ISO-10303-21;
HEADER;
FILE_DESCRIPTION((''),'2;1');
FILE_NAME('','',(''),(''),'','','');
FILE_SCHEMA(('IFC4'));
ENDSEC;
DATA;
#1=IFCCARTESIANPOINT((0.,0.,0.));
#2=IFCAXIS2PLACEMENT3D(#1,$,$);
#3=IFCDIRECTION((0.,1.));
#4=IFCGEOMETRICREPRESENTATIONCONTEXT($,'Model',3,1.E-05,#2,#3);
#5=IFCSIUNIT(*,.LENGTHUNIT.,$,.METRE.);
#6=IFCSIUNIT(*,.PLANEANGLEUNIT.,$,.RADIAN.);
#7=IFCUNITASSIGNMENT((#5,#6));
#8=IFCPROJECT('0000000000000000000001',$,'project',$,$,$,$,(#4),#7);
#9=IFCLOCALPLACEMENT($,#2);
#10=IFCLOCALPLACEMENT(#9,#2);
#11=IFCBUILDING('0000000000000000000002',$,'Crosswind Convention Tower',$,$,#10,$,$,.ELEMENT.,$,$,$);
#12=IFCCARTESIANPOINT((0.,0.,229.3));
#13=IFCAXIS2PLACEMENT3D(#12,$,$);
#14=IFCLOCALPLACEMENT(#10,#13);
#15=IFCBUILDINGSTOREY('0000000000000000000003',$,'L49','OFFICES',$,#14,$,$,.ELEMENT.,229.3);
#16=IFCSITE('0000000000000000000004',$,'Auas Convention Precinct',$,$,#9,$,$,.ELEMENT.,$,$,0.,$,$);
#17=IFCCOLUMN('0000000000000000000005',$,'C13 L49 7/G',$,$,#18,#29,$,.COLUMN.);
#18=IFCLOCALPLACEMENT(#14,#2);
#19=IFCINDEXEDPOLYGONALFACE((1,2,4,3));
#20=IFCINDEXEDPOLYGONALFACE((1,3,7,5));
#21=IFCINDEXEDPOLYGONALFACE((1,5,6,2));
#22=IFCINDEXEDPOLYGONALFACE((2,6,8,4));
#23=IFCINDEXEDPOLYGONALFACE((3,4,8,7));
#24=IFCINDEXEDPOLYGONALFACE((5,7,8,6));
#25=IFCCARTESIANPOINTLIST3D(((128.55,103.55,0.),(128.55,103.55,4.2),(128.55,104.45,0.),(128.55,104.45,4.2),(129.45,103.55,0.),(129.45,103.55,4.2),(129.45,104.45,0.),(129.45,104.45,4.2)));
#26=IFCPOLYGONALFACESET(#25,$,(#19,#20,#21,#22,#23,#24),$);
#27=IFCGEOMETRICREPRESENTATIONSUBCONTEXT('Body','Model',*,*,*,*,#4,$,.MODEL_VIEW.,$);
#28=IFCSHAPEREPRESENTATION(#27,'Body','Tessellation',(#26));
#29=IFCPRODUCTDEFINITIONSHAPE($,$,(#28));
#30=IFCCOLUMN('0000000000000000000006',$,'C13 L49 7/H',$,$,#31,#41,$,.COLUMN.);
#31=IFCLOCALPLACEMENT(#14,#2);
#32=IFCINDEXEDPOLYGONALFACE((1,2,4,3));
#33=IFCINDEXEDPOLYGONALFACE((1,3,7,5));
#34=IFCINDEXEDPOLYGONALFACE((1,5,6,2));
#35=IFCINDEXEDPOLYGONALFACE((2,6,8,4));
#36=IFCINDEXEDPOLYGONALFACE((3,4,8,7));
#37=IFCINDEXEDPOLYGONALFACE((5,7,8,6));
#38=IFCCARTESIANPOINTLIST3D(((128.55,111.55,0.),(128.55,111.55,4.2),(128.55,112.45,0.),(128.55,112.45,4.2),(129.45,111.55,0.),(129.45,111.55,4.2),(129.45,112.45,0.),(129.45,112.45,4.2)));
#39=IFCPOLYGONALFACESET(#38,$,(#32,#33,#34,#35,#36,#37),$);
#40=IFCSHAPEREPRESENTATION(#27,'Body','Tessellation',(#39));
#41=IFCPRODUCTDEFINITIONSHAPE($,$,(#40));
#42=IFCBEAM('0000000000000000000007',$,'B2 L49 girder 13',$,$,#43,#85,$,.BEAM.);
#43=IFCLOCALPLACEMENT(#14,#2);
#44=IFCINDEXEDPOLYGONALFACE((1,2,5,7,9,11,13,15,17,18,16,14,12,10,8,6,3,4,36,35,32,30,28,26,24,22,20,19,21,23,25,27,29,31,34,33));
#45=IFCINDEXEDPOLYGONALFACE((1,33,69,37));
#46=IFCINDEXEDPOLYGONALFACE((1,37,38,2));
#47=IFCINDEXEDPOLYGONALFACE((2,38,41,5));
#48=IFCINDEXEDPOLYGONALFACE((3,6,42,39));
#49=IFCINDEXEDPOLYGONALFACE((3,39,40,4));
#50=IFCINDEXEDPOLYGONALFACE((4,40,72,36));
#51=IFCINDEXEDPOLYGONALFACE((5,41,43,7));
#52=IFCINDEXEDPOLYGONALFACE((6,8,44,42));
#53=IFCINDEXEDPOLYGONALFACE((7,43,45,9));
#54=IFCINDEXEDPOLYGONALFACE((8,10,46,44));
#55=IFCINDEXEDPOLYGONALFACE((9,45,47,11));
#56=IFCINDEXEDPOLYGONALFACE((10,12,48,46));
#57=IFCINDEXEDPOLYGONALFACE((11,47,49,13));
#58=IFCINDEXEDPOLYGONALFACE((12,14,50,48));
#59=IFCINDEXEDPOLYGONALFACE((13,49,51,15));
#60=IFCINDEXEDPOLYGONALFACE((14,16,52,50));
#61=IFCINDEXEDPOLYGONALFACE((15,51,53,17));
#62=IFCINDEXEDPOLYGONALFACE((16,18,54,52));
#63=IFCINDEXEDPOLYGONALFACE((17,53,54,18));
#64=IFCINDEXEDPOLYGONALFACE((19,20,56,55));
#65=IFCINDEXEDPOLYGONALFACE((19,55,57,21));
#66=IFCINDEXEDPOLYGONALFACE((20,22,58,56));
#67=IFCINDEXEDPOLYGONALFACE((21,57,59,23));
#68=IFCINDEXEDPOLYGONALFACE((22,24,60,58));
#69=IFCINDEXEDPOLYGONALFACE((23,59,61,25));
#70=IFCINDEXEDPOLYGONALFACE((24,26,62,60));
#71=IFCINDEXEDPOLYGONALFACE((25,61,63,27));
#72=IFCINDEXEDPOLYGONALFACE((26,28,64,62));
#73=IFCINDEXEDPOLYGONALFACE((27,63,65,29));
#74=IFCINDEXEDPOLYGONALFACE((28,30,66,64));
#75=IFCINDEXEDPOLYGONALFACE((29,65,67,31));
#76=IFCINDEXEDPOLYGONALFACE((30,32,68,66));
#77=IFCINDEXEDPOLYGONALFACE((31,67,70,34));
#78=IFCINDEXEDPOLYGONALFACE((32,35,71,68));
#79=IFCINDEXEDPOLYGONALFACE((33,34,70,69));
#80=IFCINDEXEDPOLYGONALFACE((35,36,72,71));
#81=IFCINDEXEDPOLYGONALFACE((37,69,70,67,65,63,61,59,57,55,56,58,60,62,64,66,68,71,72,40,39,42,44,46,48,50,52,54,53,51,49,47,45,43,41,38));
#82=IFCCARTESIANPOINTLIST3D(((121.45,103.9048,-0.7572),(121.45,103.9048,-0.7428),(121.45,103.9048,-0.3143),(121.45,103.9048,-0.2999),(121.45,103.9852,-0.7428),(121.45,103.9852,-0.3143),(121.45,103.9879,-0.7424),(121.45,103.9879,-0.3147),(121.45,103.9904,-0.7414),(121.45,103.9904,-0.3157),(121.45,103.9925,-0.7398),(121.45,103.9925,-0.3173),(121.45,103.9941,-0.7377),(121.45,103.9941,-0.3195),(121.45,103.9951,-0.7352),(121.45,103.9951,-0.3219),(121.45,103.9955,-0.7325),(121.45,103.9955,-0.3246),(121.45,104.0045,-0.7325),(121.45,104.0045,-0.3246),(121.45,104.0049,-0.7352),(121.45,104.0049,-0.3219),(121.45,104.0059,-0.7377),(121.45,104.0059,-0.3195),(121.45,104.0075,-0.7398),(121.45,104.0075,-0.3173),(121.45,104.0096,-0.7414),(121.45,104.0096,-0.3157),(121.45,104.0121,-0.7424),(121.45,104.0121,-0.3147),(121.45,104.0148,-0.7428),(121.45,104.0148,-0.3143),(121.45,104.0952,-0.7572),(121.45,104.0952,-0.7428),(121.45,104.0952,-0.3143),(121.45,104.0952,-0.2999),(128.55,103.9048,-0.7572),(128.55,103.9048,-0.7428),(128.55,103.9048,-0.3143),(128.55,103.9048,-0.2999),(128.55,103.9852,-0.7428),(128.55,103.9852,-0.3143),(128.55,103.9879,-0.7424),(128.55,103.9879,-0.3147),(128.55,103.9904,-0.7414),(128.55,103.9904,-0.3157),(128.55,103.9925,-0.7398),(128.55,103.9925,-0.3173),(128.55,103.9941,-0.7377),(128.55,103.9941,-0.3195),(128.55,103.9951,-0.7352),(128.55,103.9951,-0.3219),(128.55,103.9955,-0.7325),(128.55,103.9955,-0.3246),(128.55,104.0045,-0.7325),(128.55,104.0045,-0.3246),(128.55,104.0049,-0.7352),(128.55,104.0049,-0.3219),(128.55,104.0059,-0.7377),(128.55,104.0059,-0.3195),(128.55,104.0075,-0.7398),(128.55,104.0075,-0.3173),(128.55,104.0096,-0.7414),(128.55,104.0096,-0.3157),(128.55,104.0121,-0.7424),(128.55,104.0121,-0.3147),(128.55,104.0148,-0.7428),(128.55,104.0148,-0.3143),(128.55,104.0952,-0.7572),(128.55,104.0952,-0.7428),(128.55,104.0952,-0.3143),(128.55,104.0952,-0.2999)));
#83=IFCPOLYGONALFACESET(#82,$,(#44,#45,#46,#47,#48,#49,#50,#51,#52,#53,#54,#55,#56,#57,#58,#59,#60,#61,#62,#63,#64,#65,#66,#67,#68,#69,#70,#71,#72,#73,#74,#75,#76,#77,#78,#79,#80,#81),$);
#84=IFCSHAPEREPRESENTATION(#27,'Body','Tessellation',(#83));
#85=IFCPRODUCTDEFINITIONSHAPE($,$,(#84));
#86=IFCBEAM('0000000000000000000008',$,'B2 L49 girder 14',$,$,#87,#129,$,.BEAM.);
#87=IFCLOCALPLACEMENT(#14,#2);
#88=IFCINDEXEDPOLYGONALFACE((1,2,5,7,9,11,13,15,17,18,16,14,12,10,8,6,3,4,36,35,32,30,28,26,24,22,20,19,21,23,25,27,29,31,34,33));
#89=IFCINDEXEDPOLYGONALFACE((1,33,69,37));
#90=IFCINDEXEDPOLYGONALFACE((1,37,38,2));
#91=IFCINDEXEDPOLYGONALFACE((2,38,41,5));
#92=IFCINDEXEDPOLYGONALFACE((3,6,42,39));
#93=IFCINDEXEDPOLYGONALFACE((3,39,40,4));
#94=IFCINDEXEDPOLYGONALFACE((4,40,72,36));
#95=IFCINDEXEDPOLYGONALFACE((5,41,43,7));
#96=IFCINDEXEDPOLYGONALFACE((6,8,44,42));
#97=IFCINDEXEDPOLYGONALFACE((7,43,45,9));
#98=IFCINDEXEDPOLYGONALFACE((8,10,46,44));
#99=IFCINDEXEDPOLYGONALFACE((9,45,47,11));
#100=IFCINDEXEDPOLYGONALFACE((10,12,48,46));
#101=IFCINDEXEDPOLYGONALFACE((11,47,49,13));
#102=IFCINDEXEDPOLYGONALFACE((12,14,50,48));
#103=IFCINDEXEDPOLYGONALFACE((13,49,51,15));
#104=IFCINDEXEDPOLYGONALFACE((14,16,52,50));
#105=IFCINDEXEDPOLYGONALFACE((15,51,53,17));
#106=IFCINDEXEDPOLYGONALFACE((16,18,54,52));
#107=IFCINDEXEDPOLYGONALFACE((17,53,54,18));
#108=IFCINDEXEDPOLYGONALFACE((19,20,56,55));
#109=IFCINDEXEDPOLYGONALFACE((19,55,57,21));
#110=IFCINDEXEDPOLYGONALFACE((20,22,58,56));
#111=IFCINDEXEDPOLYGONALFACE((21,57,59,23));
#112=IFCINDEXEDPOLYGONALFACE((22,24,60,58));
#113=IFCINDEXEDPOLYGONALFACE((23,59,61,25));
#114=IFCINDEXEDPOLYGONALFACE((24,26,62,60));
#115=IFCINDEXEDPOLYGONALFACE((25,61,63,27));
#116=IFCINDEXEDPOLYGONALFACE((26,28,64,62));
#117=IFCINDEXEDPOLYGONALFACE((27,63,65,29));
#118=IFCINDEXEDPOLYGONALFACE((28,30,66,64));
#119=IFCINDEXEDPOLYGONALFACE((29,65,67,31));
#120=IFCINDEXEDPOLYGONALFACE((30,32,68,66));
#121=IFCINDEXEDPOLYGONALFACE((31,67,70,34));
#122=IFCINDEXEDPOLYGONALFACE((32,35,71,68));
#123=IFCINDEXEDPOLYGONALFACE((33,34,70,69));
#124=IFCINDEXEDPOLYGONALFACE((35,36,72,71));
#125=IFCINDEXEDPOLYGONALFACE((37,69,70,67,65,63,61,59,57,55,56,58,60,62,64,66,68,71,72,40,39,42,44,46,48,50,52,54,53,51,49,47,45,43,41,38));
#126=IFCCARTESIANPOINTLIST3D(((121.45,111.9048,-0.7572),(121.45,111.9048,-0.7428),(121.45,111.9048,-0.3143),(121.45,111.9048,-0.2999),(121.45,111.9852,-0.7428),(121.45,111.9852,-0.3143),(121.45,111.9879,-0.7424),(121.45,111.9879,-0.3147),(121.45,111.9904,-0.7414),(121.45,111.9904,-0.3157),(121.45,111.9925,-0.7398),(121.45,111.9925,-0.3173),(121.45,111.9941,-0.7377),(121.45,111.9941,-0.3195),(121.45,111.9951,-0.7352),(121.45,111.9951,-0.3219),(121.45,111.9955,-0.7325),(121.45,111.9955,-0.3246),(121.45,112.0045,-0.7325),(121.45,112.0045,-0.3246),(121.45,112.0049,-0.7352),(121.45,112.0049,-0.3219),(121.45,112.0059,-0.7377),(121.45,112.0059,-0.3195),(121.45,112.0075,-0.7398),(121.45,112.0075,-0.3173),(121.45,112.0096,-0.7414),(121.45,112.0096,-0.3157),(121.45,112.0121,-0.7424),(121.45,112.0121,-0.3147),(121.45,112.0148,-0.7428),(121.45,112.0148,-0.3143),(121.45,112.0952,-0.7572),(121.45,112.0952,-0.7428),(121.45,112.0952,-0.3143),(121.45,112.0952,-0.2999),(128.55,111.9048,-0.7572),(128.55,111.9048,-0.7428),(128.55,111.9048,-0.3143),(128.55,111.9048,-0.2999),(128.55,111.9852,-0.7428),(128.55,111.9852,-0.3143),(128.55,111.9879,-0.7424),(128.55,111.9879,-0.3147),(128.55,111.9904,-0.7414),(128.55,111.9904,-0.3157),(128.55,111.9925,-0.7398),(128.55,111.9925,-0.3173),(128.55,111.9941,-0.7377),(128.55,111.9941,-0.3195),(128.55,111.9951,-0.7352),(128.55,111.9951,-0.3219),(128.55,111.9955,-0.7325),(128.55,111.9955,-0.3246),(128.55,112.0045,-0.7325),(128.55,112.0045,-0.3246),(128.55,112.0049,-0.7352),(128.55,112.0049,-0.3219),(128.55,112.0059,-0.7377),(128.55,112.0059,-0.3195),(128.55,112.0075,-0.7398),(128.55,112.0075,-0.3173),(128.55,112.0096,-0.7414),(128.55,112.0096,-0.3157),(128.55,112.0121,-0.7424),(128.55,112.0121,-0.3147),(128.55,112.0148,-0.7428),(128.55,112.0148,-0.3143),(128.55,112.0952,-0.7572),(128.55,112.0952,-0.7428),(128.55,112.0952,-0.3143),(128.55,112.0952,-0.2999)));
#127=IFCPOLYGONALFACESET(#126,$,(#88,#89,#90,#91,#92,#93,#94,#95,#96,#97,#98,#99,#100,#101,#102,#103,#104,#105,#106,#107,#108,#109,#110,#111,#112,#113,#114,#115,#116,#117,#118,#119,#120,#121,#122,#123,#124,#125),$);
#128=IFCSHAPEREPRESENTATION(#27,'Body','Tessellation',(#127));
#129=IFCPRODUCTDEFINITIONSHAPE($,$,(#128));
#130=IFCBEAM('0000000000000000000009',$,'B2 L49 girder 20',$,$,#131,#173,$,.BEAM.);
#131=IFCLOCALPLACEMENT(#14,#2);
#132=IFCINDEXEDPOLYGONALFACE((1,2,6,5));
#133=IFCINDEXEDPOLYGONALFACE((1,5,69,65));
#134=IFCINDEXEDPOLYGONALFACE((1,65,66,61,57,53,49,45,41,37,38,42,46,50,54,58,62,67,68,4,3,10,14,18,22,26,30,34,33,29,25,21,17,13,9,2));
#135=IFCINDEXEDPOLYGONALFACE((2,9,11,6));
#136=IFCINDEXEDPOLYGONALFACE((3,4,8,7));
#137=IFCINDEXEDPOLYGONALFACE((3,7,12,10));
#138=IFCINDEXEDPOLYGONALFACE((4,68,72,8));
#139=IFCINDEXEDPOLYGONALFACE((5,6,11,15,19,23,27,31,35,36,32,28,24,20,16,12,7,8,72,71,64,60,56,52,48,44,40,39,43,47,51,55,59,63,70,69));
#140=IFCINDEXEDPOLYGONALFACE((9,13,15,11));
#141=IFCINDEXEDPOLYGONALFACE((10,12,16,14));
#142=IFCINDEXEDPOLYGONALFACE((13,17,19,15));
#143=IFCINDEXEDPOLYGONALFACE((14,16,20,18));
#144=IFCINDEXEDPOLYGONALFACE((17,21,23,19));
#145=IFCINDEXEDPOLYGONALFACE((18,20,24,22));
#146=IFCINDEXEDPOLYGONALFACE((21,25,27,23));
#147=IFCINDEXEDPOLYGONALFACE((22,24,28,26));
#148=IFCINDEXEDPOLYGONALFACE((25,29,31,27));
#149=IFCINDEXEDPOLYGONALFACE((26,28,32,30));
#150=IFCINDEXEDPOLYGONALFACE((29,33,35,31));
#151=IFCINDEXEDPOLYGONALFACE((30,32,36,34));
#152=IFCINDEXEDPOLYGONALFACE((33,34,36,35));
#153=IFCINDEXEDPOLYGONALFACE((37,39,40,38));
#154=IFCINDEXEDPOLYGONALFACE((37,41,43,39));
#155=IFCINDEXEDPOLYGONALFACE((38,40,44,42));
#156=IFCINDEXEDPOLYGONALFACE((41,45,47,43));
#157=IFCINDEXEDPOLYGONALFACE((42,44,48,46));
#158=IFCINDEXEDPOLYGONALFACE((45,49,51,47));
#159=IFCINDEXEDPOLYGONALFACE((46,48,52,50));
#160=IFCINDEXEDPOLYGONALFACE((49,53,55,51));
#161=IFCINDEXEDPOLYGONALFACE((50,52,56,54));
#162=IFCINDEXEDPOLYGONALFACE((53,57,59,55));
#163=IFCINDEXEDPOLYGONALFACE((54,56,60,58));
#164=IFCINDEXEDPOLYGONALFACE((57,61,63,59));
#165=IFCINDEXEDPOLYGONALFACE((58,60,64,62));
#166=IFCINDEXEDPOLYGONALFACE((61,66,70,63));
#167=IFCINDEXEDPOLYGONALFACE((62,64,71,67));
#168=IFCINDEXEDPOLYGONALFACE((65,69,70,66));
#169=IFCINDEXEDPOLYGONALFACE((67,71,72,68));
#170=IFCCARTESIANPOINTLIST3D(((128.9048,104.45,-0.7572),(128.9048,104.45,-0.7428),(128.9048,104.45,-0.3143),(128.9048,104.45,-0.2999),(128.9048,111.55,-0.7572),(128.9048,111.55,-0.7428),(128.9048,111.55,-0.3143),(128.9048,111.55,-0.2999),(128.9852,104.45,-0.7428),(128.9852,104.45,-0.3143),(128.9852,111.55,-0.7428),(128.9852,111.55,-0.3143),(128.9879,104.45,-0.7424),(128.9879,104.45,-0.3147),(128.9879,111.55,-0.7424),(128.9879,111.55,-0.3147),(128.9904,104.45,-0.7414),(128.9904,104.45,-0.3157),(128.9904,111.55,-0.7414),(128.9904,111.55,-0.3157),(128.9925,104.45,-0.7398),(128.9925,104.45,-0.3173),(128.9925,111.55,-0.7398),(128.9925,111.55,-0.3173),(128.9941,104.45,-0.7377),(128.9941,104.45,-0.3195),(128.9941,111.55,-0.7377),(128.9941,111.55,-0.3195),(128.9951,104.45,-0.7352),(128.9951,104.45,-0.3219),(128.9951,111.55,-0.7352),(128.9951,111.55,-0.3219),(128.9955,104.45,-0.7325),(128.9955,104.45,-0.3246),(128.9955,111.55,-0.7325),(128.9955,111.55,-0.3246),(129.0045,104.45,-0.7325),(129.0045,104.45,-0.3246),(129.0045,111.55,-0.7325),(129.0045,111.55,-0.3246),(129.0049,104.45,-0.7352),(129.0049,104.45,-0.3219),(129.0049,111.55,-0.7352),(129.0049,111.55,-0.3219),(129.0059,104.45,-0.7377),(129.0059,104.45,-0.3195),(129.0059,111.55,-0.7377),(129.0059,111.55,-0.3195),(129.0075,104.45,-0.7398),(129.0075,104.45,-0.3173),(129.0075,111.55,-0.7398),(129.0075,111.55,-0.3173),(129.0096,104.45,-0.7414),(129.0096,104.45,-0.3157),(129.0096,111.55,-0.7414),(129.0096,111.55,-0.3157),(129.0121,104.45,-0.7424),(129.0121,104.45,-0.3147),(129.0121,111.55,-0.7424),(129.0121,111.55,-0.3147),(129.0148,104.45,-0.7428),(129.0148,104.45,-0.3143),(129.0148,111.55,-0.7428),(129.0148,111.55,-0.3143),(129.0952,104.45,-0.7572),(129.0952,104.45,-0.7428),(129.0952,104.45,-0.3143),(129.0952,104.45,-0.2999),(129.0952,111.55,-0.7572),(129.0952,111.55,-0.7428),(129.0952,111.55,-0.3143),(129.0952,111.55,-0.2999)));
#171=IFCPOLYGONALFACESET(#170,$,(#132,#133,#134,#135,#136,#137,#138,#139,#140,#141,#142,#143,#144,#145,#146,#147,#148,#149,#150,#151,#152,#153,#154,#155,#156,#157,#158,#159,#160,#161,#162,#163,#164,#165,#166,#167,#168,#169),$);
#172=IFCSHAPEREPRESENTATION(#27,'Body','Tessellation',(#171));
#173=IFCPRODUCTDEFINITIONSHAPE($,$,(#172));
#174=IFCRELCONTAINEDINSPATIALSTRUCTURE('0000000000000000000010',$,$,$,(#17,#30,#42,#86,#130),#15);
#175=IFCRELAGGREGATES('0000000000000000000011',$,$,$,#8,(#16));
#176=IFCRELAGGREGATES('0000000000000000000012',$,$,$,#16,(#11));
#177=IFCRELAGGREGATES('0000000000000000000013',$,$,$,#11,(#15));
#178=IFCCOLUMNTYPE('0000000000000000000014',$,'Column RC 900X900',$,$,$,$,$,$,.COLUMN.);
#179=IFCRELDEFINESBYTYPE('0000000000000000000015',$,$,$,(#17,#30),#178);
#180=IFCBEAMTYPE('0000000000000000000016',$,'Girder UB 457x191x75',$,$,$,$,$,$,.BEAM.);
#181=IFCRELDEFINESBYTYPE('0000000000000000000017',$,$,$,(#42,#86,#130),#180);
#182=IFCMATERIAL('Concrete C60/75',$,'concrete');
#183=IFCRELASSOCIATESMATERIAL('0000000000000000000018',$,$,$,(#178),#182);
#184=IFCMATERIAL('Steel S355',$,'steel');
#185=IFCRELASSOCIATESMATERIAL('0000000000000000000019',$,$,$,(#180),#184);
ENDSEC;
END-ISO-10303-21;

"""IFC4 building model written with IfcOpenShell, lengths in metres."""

from ifc_helpers import new_model, si_unit, direction, frame, origin, origin_2d, place, context, subcontext, project, spatial, rectangle, i_section, extrude, material, material_profile, profile_set, type_object, element, save


model = new_model("IFC4")

# Units and contexts
model_context = context("Model", 3, precision=1e-05, world=origin(), true_north=direction((0.0, 1.0)))
body_context = subcontext(model_context, "Body", "Model", "MODEL_VIEW")
ifc_project = project(units=[si_unit("LENGTHUNIT", "METRE"), si_unit("PLANEANGLEUNIT", "RADIAN")], contexts=[model_context])

# Site, building, storey
site_placement = place(None, origin())
site = spatial("IfcSite", under=ifc_project, at=site_placement, Name="Auas Convention Precinct", CompositionType="ELEMENT", RefElevation=0.0)
building_placement = place(site_placement, origin())
building = spatial("IfcBuilding", under=site, at=building_placement, Name="Crosswind Convention Tower", CompositionType="ELEMENT")
storey_placement = place(building_placement, frame((0.0, 0.0, 229.3)))
storey = spatial("IfcBuildingStorey", under=building, at=storey_placement, Name="L49", Description="OFFICES", CompositionType="ELEMENT", Elevation=229.3)

# Columns
ifc_material_1 = material(Name="Concrete C60/75", Category="concrete")
ifc_material_profile_1 = material_profile(ifc_material_1, rectangle(XDim=0.8999, YDim=0.8999, at=origin_2d()), Name="RC 900X900")
ifc_profile_set_1 = profile_set([ifc_material_profile_1], Name="Concrete C60/75")
column_type = type_object("IfcColumnType", Name="Column RC 900X900", PredefinedType="COLUMN", material=ifc_profile_set_1)
for number, where, z_axis, x_axis, name in (
    (1, (129.0, 104.0, 0.0), (0.0, 0.0, 1.0), (1.0, 0.0, 0.0), "C13 L49 7/G"),
    (2, (129.0, 112.0, 0.0), (0.0, 0.0, 1.0), (1.0, 0.0, 0.0), "C13 L49 7/H"),
):
    element("IfcColumn", number, at=place(storey_placement, frame(where, z_axis=z_axis, x_axis=x_axis)), inside=storey, type_object=column_type, Name=name, PredefinedType="COLUMN", context=body_context, shape_type="SweptSolid", body=[
        extrude(rectangle(XDim=0.8999, YDim=0.8999, at=origin_2d()), origin(), (0.0, 0.0, 1.0), 4.2),
    ])

# Beams
ifc_material_2 = material(Name="Steel S355", Category="steel")
ifc_material_profile_2 = material_profile(ifc_material_2, i_section(OverallWidth=0.1904, OverallDepth=0.4573, WebThickness=0.009, FlangeThickness=0.0144, FilletRadius=0.0103, at=origin_2d()), Name="UB 457x191x75")
ifc_profile_set_2 = profile_set([ifc_material_profile_2], Name="Steel S355")
beam_type_1 = type_object("IfcBeamType", Name="Girder UB 457x191x75", PredefinedType="BEAM", material=ifc_profile_set_2)
for number, where, z_axis, x_axis, name in (
    (3, (121.45, 104.0, -0.5286), (1.0, 0.0, 0.0), (0.0, 1.0, 0.0), "B2 L49 girder 13"),
    (4, (121.45, 112.0, -0.5286), (1.0, 0.0, 0.0), (0.0, 1.0, 0.0), "B2 L49 girder 14"),
    (5, (129.0, 104.45, -0.5286), (0.0, 1.0, 0.0), (-1.0, 0.0, 0.0), "B2 L49 girder 20"),
):
    element("IfcBeam", number, at=place(storey_placement, frame(where, z_axis=z_axis, x_axis=x_axis)), inside=storey, type_object=beam_type_1, Name=name, PredefinedType="BEAM", context=body_context, shape_type="SweptSolid", body=[
        extrude(i_section(OverallWidth=0.1904, OverallDepth=0.4573, WebThickness=0.009, FlangeThickness=0.0144, FilletRadius=0.0103, at=origin_2d()), origin(), (0.0, 0.0, 1.0), 7.1001),
    ])

save(model, "model.ifc")
